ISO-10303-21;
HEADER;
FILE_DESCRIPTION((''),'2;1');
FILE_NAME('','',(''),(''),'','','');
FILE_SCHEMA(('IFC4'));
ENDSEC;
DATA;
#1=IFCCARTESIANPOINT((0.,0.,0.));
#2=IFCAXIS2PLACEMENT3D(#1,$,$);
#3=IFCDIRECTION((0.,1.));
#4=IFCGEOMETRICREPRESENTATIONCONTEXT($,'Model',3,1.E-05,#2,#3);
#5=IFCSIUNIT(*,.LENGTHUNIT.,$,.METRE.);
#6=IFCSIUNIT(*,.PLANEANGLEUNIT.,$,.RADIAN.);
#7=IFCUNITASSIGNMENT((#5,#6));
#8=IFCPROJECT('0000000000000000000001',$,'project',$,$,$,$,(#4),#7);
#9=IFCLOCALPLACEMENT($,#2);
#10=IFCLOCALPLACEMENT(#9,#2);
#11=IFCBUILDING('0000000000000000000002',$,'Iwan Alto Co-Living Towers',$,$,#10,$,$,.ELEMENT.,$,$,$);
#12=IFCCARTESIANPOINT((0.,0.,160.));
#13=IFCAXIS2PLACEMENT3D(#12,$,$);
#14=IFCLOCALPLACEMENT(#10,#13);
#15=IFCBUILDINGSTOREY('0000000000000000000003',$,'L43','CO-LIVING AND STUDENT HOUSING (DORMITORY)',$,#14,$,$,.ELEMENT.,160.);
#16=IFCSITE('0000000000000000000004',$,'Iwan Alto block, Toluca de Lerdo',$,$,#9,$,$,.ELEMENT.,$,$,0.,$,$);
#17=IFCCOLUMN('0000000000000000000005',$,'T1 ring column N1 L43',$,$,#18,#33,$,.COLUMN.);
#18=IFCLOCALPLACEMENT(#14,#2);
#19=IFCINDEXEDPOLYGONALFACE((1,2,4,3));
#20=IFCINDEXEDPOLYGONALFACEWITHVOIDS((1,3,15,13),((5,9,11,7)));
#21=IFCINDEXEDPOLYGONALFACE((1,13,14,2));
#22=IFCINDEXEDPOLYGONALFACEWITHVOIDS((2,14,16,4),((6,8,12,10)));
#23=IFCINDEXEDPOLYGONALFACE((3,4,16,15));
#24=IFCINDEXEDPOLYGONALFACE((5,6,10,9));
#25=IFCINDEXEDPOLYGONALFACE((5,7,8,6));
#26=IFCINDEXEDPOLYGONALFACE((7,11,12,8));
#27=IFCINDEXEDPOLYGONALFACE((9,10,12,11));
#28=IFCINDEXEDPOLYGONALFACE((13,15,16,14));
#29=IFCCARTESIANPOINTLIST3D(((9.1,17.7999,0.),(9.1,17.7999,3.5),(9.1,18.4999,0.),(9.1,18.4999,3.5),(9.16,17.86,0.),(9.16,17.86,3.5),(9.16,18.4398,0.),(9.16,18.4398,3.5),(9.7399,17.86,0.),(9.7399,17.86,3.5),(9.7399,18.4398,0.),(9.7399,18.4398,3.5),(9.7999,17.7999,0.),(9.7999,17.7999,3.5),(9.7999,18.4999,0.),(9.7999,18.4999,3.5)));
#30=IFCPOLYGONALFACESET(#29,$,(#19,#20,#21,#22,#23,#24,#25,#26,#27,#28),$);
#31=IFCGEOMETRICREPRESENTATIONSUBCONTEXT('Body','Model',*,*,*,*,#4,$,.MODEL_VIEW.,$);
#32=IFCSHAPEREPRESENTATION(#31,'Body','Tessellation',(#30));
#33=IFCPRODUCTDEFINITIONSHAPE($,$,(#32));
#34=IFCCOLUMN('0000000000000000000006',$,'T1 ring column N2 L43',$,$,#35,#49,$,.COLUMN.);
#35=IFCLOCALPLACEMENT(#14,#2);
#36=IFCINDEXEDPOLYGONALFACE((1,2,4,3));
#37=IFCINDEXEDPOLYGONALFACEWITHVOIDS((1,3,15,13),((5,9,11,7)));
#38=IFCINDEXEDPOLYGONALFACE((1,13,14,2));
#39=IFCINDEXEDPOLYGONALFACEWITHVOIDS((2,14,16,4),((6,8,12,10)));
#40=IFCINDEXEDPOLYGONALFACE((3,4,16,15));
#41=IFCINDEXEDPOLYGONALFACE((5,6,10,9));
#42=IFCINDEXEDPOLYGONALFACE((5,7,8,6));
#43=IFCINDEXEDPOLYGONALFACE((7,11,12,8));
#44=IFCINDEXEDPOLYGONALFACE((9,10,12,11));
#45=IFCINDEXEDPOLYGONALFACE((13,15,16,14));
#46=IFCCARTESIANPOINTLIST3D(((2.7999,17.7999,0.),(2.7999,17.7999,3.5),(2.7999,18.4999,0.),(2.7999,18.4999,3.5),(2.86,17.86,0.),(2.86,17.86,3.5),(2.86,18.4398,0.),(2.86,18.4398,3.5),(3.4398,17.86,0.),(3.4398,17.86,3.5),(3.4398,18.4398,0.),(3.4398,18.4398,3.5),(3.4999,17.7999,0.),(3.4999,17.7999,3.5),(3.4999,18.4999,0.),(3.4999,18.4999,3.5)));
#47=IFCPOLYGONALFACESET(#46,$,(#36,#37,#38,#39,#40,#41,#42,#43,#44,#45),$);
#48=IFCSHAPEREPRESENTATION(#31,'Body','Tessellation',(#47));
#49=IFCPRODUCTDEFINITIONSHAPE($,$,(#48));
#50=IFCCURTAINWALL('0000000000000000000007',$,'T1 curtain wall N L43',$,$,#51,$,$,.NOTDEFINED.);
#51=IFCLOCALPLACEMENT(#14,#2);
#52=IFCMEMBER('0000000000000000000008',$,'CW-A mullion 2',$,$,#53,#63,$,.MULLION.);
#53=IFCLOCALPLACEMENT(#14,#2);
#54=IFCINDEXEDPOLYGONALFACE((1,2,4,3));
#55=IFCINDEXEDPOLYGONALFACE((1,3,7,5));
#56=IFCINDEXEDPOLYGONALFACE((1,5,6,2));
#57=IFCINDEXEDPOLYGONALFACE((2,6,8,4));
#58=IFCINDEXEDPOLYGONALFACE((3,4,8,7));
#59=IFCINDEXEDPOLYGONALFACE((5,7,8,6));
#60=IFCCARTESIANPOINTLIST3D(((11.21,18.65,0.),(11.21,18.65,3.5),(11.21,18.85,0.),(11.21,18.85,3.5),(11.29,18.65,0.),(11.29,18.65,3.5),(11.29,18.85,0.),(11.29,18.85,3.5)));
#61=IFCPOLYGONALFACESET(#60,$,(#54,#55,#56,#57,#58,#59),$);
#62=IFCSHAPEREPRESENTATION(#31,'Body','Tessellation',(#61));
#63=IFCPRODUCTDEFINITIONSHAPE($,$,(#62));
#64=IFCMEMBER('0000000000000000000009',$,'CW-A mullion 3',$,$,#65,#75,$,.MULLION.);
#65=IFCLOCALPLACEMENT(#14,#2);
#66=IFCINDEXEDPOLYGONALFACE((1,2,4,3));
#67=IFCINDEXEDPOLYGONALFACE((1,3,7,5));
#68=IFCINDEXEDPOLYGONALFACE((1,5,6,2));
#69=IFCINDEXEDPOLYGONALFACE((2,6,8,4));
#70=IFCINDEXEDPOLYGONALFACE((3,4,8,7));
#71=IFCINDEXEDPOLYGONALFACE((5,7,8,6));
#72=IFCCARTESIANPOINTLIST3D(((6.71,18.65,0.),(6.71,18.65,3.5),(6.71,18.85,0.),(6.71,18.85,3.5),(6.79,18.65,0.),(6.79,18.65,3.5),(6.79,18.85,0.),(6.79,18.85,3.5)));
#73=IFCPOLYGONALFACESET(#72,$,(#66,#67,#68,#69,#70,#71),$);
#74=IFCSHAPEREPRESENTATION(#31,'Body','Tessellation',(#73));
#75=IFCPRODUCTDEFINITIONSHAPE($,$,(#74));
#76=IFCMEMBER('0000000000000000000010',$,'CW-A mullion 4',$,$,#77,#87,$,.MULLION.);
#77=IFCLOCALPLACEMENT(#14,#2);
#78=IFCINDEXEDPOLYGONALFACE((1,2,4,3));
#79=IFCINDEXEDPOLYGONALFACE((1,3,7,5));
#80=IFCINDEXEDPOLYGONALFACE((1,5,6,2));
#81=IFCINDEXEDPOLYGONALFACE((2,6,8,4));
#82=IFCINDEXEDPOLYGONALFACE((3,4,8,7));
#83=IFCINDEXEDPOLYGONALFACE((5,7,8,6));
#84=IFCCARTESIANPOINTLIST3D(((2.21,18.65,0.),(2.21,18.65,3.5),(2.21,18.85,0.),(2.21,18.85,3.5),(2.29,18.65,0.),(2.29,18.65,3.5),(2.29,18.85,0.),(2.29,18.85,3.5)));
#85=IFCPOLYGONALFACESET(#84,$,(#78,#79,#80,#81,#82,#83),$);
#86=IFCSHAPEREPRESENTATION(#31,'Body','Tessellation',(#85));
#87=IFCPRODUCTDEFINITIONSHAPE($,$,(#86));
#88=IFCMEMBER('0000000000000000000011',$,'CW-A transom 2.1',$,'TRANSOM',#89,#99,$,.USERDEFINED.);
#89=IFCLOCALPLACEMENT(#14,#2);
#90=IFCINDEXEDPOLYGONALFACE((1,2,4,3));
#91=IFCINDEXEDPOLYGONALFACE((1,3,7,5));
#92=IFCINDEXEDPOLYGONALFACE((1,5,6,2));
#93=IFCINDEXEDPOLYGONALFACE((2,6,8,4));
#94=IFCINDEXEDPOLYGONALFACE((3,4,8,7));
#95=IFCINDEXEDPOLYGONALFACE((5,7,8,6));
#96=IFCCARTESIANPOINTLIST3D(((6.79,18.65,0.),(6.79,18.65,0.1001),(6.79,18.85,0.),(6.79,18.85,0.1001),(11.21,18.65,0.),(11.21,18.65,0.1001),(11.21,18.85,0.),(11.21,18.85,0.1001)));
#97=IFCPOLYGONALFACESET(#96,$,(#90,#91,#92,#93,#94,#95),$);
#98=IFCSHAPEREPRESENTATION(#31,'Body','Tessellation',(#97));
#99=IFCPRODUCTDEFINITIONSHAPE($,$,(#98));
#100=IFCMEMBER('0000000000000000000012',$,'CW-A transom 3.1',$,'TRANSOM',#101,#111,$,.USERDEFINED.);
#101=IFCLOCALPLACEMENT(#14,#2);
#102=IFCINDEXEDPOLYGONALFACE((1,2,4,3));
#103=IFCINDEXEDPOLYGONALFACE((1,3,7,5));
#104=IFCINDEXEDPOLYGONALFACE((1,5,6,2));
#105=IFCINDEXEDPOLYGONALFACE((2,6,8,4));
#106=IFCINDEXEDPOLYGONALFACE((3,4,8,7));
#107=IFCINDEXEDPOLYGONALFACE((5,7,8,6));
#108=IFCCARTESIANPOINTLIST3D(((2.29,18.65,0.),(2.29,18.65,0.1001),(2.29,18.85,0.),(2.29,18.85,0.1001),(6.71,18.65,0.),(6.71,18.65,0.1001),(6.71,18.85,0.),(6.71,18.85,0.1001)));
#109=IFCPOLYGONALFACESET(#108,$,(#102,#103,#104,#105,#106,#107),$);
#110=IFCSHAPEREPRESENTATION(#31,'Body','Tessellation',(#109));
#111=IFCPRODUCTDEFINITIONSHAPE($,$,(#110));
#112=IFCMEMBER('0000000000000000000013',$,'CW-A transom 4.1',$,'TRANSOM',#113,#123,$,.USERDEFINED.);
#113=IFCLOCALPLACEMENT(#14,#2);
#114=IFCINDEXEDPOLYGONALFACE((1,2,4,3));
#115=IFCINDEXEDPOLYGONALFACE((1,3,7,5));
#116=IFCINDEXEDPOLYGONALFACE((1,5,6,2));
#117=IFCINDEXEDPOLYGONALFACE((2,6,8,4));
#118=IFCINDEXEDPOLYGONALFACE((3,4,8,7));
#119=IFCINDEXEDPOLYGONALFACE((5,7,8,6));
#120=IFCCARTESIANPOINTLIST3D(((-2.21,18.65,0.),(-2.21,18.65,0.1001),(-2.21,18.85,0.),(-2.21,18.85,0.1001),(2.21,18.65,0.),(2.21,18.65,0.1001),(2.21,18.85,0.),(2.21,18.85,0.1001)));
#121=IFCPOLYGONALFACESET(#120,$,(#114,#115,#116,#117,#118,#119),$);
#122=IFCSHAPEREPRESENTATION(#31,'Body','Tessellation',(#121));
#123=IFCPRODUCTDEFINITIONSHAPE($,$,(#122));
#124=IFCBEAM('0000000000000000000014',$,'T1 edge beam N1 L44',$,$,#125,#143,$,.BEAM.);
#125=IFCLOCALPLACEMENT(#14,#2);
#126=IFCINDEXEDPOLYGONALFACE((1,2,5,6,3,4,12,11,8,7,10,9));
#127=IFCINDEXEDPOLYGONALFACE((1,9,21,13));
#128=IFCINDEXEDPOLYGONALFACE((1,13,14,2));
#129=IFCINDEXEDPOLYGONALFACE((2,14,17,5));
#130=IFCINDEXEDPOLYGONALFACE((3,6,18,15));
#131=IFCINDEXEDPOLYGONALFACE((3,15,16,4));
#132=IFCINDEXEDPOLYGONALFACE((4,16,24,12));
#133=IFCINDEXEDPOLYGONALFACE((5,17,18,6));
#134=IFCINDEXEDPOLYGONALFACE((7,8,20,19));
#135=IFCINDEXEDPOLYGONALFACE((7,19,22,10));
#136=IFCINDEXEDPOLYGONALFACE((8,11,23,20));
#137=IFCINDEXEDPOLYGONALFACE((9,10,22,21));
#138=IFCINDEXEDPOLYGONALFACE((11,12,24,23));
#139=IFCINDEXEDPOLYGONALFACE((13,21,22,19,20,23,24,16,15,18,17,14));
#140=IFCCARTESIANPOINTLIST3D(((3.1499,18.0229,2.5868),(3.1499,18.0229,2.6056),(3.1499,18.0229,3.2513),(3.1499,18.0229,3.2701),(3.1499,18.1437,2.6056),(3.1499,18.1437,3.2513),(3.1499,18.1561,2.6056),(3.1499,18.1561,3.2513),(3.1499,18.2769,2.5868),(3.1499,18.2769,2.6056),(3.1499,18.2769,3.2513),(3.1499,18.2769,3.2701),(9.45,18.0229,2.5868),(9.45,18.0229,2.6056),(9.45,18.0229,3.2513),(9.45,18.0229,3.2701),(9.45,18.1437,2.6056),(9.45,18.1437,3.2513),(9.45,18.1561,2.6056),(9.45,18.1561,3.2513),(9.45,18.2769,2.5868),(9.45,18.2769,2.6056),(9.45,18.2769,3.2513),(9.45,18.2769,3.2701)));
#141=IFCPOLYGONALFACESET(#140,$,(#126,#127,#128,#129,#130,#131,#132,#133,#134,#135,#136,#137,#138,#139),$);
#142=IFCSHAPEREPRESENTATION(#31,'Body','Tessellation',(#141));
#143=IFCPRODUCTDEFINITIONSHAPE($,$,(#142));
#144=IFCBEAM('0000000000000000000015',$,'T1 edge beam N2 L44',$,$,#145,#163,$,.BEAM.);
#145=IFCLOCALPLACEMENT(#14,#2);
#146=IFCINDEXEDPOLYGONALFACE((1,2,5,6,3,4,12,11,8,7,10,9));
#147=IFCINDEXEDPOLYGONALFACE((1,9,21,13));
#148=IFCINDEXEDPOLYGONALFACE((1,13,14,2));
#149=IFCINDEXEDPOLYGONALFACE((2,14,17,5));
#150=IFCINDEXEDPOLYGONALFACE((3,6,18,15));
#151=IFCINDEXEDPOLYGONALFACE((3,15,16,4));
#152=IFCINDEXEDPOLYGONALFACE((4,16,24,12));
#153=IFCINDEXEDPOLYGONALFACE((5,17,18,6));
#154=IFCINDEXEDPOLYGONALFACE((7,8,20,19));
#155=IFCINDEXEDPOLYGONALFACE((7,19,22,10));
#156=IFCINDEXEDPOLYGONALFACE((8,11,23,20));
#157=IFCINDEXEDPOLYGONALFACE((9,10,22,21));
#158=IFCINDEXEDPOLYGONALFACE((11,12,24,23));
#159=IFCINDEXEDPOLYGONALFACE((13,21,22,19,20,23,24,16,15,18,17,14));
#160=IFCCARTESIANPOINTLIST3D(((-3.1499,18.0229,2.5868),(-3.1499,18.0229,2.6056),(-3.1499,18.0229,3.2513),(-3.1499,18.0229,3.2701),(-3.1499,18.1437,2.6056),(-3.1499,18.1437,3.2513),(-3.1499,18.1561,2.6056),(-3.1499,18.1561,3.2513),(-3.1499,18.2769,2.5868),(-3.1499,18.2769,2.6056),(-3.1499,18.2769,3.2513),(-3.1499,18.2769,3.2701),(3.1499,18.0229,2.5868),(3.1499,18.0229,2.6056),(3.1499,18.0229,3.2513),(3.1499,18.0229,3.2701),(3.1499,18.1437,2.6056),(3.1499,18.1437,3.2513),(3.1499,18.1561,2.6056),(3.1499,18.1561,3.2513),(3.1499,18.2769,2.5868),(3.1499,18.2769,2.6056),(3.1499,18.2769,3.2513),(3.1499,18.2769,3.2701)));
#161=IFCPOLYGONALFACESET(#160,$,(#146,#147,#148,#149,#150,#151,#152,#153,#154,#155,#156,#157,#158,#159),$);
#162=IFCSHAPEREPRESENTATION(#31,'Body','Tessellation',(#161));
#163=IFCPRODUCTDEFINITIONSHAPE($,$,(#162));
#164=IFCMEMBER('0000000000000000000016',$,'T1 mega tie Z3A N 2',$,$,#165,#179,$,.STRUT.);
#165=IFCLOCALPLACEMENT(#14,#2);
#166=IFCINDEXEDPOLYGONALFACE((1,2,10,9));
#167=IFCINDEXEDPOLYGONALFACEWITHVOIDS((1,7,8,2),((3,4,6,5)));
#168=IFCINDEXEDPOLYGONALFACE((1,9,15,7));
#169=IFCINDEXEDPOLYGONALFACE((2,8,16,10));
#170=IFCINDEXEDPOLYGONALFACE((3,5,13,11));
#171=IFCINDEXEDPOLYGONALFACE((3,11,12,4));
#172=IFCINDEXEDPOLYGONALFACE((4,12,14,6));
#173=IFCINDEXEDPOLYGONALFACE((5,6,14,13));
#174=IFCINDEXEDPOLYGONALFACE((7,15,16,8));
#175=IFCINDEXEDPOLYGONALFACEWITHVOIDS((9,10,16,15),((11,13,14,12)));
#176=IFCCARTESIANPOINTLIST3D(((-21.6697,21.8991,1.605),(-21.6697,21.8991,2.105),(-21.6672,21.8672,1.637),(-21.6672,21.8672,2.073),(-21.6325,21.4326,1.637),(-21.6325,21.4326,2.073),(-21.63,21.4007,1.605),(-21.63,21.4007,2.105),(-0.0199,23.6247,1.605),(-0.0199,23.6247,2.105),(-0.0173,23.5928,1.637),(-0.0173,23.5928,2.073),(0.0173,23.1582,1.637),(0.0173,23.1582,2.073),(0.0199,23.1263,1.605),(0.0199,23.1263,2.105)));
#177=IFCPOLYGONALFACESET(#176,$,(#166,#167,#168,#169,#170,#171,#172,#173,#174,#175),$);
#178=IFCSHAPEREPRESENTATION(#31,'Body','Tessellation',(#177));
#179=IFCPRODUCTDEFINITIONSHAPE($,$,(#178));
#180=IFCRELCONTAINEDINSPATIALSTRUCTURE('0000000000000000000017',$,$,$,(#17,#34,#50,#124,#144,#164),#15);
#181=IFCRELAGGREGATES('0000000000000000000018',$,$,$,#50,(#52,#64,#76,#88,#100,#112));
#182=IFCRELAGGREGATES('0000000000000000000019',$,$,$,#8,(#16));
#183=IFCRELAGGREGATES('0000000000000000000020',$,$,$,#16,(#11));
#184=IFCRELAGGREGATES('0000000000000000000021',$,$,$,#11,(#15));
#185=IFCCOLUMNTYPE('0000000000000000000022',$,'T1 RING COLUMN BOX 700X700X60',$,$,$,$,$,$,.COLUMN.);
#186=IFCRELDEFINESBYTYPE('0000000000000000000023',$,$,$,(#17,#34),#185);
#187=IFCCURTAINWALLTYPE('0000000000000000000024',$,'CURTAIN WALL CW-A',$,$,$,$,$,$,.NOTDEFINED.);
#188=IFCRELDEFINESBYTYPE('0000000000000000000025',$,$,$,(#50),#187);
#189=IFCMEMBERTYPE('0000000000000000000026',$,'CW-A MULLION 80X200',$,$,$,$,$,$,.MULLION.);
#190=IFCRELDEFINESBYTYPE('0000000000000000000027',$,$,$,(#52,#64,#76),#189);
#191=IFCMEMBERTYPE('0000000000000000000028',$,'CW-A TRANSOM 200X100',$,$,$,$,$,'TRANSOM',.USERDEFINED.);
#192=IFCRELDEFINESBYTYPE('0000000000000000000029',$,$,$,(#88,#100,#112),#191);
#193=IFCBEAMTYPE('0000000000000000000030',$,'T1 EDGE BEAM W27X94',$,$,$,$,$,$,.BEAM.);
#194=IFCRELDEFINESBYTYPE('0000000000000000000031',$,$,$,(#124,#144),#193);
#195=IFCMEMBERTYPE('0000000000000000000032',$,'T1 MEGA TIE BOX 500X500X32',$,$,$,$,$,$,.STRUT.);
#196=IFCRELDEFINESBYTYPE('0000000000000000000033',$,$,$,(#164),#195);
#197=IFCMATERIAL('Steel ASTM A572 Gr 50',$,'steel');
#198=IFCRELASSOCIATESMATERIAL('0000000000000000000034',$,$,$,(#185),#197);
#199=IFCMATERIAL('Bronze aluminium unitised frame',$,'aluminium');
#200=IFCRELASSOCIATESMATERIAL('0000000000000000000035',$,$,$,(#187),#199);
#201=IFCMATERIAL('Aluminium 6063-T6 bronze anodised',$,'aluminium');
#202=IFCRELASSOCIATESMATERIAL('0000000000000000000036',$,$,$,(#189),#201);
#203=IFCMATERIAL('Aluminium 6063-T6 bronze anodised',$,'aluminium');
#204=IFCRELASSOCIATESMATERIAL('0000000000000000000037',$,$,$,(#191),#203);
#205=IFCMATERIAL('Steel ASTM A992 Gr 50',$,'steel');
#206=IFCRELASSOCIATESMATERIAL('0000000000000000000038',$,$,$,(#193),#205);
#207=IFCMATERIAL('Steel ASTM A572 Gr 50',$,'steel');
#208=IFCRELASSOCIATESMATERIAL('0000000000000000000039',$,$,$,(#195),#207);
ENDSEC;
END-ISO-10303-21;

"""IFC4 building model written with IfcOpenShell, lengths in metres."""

from ifc_helpers import new_model, si_unit, direction, frame, origin, origin_2d, place, context, subcontext, project, spatial, rectangle, hollow_rectangle, i_section, extrude, material, material_profile, profile_set, type_object, element, aggregate, save


model = new_model("IFC4")

# Units and contexts
model_context = context("Model", 3, precision=1e-05, world=origin(), true_north=direction((0.0, 1.0)))
body_context = subcontext(model_context, "Body", "Model", "MODEL_VIEW")
ifc_project = project(units=[si_unit("LENGTHUNIT", "METRE"), si_unit("PLANEANGLEUNIT", "RADIAN")], contexts=[model_context])

# Site, building, storey
site_placement = place(None, origin())
site = spatial("IfcSite", under=ifc_project, at=site_placement, Name="Iwan Alto block, Toluca de Lerdo", CompositionType="ELEMENT", RefElevation=0.0)
building_placement = place(site_placement, origin())
building = spatial("IfcBuilding", under=site, at=building_placement, Name="Iwan Alto Co-Living Towers", CompositionType="ELEMENT")
storey_placement = place(building_placement, frame((0.0, 0.0, 160.0)))
storey = spatial("IfcBuildingStorey", under=building, at=storey_placement, Name="L43", Description="CO-LIVING AND STUDENT HOUSING (DORMITORY)", CompositionType="ELEMENT", Elevation=160.0)

# Columns
ifc_material_1 = material(Name="Steel ASTM A572 Gr 50", Category="steel")
ifc_material_profile_1 = material_profile(ifc_material_1, hollow_rectangle(XDim=0.7, YDim=0.7, WallThickness=0.0601, at=origin_2d()), Name="BOX 700X700X60")
ifc_profile_set_1 = profile_set([ifc_material_profile_1], Name="Steel ASTM A572 Gr 50")
column_type = type_object("IfcColumnType", Name="T1 RING COLUMN BOX 700X700X60", PredefinedType="COLUMN", material=ifc_profile_set_1)
for number, where, z_axis, x_axis, name in (
    (1, (9.45, 18.1499, 0.0), (0.0, 0.0, 1.0), (1.0, 0.0, 0.0), "T1 ring column N1 L43"),
    (2, (3.1499, 18.1499, 0.0), (0.0, 0.0, 1.0), (1.0, 0.0, 0.0), "T1 ring column N2 L43"),
):
    element("IfcColumn", number, at=place(storey_placement, frame(where, z_axis=z_axis, x_axis=x_axis)), inside=storey, type_object=column_type, Name=name, PredefinedType="COLUMN", context=body_context, shape_type="SweptSolid", body=[
        extrude(hollow_rectangle(XDim=0.7, YDim=0.7, WallThickness=0.0601, at=origin_2d()), origin(), (0.0, 0.0, 1.0), 3.5),
    ])

# Curtain wall, members
ifc_material_2 = material(Name="Bronze aluminium unitised frame", Category="aluminium")
curtain_wall_type = type_object("IfcCurtainWallType", Name="CURTAIN WALL CW-A", PredefinedType="NOTDEFINED", material=ifc_material_2)
curtain_wall_placement = place(storey_placement, origin())
curtain_wall = element("IfcCurtainWall", 3, at=curtain_wall_placement, inside=storey, type_object=curtain_wall_type, Name="T1 curtain wall N L43", PredefinedType="NOTDEFINED")
ifc_material_3 = material(Name="Aluminium 6063-T6 bronze anodised", Category="aluminium")
ifc_material_profile_2 = material_profile(ifc_material_3, rectangle(XDim=0.2, YDim=0.0801, at=origin_2d()), Name="AL 80X200")
ifc_profile_set_2 = profile_set([ifc_material_profile_2], Name="Aluminium 6063-T6 bronze anodised")
member_type_1 = type_object("IfcMemberType", Name="CW-A MULLION 80X200", PredefinedType="MULLION", material=ifc_profile_set_2)
member_1_placement = place(storey_placement, frame((11.25, 18.75, 0.0), z_axis=(0.0, 0.0, 1.0), x_axis=(0.0, -1.0, 0.0)))
member_1 = element("IfcMember", 4, at=member_1_placement, type_object=member_type_1, Name="CW-A mullion 2", PredefinedType="MULLION", context=body_context, shape_type="SweptSolid", body=[
    extrude(rectangle(XDim=0.2, YDim=0.0801, at=origin_2d()), origin(), (0.0, 0.0, 1.0), 3.5),
])
member_2_placement = place(storey_placement, frame((6.75, 18.75, 0.0), z_axis=(0.0, 0.0, 1.0), x_axis=(0.0, -1.0, 0.0)))
member_2 = element("IfcMember", 5, at=member_2_placement, type_object=member_type_1, Name="CW-A mullion 3", PredefinedType="MULLION", context=body_context, shape_type="SweptSolid", body=[
    extrude(rectangle(XDim=0.2, YDim=0.0801, at=origin_2d()), origin(), (0.0, 0.0, 1.0), 3.5),
])
member_3_placement = place(storey_placement, frame((2.25, 18.75, 0.0), z_axis=(0.0, 0.0, 1.0), x_axis=(0.0, -1.0, 0.0)))
member_3 = element("IfcMember", 6, at=member_3_placement, type_object=member_type_1, Name="CW-A mullion 4", PredefinedType="MULLION", context=body_context, shape_type="SweptSolid", body=[
    extrude(rectangle(XDim=0.2, YDim=0.0801, at=origin_2d()), origin(), (0.0, 0.0, 1.0), 3.5),
])
ifc_material_4 = material(Name="Aluminium 6063-T6 bronze anodised", Category="aluminium")
ifc_material_profile_3 = material_profile(ifc_material_4, rectangle(XDim=0.2, YDim=0.1001, at=origin_2d()), Name="AL 200X100")
ifc_profile_set_3 = profile_set([ifc_material_profile_3], Name="Aluminium 6063-T6 bronze anodised")
member_type_2 = type_object("IfcMemberType", Name="CW-A TRANSOM 200X100", ElementType="TRANSOM", PredefinedType="USERDEFINED", material=ifc_profile_set_3)
member_4_placement = place(storey_placement, frame((11.21, 18.75, 0.05), z_axis=(-1.0, 0.0, 0.0), x_axis=(0.0, -1.0, 0.0)))
member_4 = element("IfcMember", 7, at=member_4_placement, type_object=member_type_2, Name="CW-A transom 2.1", ObjectType="TRANSOM", PredefinedType="USERDEFINED", context=body_context, shape_type="SweptSolid", body=[
    extrude(rectangle(XDim=0.2, YDim=0.1001, at=origin_2d()), origin(), (0.0, 0.0, 1.0), 4.4199),
])
member_5_placement = place(storey_placement, frame((6.71, 18.75, 0.05), z_axis=(-1.0, 0.0, 0.0), x_axis=(0.0, -1.0, 0.0)))
member_5 = element("IfcMember", 8, at=member_5_placement, type_object=member_type_2, Name="CW-A transom 3.1", ObjectType="TRANSOM", PredefinedType="USERDEFINED", context=body_context, shape_type="SweptSolid", body=[
    extrude(rectangle(XDim=0.2, YDim=0.1001, at=origin_2d()), origin(), (0.0, 0.0, 1.0), 4.4199),
])
member_6_placement = place(storey_placement, frame((2.21, 18.75, 0.05), z_axis=(-1.0, 0.0, 0.0), x_axis=(0.0, -1.0, 0.0)))
member_6 = element("IfcMember", 9, at=member_6_placement, type_object=member_type_2, Name="CW-A transom 4.1", ObjectType="TRANSOM", PredefinedType="USERDEFINED", context=body_context, shape_type="SweptSolid", body=[
    extrude(rectangle(XDim=0.2, YDim=0.1001, at=origin_2d()), origin(), (0.0, 0.0, 1.0), 4.4199),
])

# Beams
ifc_material_5 = material(Name="Steel ASTM A992 Gr 50", Category="steel")
ifc_material_profile_4 = material_profile(ifc_material_5, i_section(OverallWidth=0.2539, OverallDepth=0.6833, WebThickness=0.0125, FlangeThickness=0.0188, at=origin_2d()), Name="W27X94")
ifc_profile_set_4 = profile_set([ifc_material_profile_4], Name="Steel ASTM A992 Gr 50")
beam_type_1 = type_object("IfcBeamType", Name="T1 EDGE BEAM W27X94", PredefinedType="BEAM", material=ifc_profile_set_4)
beam_1_placement = place(storey_placement, frame((9.45, 18.1499, 2.9285), z_axis=(-1.0, 0.0, 0.0), x_axis=(0.0, -1.0, 0.0)))
element("IfcBeam", 10, at=beam_1_placement, inside=storey, type_object=beam_type_1, Name="T1 edge beam N1 L44", PredefinedType="BEAM", context=body_context, shape_type="SweptSolid", body=[
    extrude(i_section(OverallWidth=0.2539, OverallDepth=0.6833, WebThickness=0.0125, FlangeThickness=0.0188, at=origin_2d()), origin(), (0.0, 0.0, 1.0), 6.3),
])
beam_2_placement = place(storey_placement, frame((3.1499, 18.1499, 2.9285), z_axis=(-1.0, 0.0, 0.0), x_axis=(0.0, -1.0, 0.0)))
element("IfcBeam", 11, at=beam_2_placement, inside=storey, type_object=beam_type_1, Name="T1 edge beam N2 L44", PredefinedType="BEAM", context=body_context, shape_type="SweptSolid", body=[
    extrude(i_section(OverallWidth=0.2539, OverallDepth=0.6833, WebThickness=0.0125, FlangeThickness=0.0188, at=origin_2d()), origin(), (0.0, 0.0, 1.0), 6.2998),
])

# Member
ifc_material_6 = material(Name="Steel ASTM A572 Gr 50", Category="steel")
ifc_material_profile_5 = material_profile(ifc_material_6, hollow_rectangle(XDim=0.5, YDim=0.5, WallThickness=0.032, at=origin_2d()), Name="BOX 500X500X32")
ifc_profile_set_5 = profile_set([ifc_material_profile_5], Name="Steel ASTM A572 Gr 50")
member_type_3 = type_object("IfcMemberType", Name="T1 MEGA TIE BOX 500X500X32", PredefinedType="STRUT", material=ifc_profile_set_5)
member_7_placement = place(storey_placement, frame((0.0, 23.3755, 1.855), z_axis=(-0.996839, -0.079452, 0.0), x_axis=(0.079452, -0.996839, 0.0)))
element("IfcMember", 12, at=member_7_placement, inside=storey, type_object=member_type_3, Name="T1 mega tie Z3A N 2", PredefinedType="STRUT", context=body_context, shape_type="SweptSolid", body=[
    extrude(hollow_rectangle(XDim=0.5, YDim=0.5, WallThickness=0.032, at=origin_2d()), origin(), (0.0, 0.0, 1.0), 21.7185),
])

aggregate(curtain_wall, [member_1, member_2, member_3, member_4, member_5, member_6])

save(model, "model.ifc")
